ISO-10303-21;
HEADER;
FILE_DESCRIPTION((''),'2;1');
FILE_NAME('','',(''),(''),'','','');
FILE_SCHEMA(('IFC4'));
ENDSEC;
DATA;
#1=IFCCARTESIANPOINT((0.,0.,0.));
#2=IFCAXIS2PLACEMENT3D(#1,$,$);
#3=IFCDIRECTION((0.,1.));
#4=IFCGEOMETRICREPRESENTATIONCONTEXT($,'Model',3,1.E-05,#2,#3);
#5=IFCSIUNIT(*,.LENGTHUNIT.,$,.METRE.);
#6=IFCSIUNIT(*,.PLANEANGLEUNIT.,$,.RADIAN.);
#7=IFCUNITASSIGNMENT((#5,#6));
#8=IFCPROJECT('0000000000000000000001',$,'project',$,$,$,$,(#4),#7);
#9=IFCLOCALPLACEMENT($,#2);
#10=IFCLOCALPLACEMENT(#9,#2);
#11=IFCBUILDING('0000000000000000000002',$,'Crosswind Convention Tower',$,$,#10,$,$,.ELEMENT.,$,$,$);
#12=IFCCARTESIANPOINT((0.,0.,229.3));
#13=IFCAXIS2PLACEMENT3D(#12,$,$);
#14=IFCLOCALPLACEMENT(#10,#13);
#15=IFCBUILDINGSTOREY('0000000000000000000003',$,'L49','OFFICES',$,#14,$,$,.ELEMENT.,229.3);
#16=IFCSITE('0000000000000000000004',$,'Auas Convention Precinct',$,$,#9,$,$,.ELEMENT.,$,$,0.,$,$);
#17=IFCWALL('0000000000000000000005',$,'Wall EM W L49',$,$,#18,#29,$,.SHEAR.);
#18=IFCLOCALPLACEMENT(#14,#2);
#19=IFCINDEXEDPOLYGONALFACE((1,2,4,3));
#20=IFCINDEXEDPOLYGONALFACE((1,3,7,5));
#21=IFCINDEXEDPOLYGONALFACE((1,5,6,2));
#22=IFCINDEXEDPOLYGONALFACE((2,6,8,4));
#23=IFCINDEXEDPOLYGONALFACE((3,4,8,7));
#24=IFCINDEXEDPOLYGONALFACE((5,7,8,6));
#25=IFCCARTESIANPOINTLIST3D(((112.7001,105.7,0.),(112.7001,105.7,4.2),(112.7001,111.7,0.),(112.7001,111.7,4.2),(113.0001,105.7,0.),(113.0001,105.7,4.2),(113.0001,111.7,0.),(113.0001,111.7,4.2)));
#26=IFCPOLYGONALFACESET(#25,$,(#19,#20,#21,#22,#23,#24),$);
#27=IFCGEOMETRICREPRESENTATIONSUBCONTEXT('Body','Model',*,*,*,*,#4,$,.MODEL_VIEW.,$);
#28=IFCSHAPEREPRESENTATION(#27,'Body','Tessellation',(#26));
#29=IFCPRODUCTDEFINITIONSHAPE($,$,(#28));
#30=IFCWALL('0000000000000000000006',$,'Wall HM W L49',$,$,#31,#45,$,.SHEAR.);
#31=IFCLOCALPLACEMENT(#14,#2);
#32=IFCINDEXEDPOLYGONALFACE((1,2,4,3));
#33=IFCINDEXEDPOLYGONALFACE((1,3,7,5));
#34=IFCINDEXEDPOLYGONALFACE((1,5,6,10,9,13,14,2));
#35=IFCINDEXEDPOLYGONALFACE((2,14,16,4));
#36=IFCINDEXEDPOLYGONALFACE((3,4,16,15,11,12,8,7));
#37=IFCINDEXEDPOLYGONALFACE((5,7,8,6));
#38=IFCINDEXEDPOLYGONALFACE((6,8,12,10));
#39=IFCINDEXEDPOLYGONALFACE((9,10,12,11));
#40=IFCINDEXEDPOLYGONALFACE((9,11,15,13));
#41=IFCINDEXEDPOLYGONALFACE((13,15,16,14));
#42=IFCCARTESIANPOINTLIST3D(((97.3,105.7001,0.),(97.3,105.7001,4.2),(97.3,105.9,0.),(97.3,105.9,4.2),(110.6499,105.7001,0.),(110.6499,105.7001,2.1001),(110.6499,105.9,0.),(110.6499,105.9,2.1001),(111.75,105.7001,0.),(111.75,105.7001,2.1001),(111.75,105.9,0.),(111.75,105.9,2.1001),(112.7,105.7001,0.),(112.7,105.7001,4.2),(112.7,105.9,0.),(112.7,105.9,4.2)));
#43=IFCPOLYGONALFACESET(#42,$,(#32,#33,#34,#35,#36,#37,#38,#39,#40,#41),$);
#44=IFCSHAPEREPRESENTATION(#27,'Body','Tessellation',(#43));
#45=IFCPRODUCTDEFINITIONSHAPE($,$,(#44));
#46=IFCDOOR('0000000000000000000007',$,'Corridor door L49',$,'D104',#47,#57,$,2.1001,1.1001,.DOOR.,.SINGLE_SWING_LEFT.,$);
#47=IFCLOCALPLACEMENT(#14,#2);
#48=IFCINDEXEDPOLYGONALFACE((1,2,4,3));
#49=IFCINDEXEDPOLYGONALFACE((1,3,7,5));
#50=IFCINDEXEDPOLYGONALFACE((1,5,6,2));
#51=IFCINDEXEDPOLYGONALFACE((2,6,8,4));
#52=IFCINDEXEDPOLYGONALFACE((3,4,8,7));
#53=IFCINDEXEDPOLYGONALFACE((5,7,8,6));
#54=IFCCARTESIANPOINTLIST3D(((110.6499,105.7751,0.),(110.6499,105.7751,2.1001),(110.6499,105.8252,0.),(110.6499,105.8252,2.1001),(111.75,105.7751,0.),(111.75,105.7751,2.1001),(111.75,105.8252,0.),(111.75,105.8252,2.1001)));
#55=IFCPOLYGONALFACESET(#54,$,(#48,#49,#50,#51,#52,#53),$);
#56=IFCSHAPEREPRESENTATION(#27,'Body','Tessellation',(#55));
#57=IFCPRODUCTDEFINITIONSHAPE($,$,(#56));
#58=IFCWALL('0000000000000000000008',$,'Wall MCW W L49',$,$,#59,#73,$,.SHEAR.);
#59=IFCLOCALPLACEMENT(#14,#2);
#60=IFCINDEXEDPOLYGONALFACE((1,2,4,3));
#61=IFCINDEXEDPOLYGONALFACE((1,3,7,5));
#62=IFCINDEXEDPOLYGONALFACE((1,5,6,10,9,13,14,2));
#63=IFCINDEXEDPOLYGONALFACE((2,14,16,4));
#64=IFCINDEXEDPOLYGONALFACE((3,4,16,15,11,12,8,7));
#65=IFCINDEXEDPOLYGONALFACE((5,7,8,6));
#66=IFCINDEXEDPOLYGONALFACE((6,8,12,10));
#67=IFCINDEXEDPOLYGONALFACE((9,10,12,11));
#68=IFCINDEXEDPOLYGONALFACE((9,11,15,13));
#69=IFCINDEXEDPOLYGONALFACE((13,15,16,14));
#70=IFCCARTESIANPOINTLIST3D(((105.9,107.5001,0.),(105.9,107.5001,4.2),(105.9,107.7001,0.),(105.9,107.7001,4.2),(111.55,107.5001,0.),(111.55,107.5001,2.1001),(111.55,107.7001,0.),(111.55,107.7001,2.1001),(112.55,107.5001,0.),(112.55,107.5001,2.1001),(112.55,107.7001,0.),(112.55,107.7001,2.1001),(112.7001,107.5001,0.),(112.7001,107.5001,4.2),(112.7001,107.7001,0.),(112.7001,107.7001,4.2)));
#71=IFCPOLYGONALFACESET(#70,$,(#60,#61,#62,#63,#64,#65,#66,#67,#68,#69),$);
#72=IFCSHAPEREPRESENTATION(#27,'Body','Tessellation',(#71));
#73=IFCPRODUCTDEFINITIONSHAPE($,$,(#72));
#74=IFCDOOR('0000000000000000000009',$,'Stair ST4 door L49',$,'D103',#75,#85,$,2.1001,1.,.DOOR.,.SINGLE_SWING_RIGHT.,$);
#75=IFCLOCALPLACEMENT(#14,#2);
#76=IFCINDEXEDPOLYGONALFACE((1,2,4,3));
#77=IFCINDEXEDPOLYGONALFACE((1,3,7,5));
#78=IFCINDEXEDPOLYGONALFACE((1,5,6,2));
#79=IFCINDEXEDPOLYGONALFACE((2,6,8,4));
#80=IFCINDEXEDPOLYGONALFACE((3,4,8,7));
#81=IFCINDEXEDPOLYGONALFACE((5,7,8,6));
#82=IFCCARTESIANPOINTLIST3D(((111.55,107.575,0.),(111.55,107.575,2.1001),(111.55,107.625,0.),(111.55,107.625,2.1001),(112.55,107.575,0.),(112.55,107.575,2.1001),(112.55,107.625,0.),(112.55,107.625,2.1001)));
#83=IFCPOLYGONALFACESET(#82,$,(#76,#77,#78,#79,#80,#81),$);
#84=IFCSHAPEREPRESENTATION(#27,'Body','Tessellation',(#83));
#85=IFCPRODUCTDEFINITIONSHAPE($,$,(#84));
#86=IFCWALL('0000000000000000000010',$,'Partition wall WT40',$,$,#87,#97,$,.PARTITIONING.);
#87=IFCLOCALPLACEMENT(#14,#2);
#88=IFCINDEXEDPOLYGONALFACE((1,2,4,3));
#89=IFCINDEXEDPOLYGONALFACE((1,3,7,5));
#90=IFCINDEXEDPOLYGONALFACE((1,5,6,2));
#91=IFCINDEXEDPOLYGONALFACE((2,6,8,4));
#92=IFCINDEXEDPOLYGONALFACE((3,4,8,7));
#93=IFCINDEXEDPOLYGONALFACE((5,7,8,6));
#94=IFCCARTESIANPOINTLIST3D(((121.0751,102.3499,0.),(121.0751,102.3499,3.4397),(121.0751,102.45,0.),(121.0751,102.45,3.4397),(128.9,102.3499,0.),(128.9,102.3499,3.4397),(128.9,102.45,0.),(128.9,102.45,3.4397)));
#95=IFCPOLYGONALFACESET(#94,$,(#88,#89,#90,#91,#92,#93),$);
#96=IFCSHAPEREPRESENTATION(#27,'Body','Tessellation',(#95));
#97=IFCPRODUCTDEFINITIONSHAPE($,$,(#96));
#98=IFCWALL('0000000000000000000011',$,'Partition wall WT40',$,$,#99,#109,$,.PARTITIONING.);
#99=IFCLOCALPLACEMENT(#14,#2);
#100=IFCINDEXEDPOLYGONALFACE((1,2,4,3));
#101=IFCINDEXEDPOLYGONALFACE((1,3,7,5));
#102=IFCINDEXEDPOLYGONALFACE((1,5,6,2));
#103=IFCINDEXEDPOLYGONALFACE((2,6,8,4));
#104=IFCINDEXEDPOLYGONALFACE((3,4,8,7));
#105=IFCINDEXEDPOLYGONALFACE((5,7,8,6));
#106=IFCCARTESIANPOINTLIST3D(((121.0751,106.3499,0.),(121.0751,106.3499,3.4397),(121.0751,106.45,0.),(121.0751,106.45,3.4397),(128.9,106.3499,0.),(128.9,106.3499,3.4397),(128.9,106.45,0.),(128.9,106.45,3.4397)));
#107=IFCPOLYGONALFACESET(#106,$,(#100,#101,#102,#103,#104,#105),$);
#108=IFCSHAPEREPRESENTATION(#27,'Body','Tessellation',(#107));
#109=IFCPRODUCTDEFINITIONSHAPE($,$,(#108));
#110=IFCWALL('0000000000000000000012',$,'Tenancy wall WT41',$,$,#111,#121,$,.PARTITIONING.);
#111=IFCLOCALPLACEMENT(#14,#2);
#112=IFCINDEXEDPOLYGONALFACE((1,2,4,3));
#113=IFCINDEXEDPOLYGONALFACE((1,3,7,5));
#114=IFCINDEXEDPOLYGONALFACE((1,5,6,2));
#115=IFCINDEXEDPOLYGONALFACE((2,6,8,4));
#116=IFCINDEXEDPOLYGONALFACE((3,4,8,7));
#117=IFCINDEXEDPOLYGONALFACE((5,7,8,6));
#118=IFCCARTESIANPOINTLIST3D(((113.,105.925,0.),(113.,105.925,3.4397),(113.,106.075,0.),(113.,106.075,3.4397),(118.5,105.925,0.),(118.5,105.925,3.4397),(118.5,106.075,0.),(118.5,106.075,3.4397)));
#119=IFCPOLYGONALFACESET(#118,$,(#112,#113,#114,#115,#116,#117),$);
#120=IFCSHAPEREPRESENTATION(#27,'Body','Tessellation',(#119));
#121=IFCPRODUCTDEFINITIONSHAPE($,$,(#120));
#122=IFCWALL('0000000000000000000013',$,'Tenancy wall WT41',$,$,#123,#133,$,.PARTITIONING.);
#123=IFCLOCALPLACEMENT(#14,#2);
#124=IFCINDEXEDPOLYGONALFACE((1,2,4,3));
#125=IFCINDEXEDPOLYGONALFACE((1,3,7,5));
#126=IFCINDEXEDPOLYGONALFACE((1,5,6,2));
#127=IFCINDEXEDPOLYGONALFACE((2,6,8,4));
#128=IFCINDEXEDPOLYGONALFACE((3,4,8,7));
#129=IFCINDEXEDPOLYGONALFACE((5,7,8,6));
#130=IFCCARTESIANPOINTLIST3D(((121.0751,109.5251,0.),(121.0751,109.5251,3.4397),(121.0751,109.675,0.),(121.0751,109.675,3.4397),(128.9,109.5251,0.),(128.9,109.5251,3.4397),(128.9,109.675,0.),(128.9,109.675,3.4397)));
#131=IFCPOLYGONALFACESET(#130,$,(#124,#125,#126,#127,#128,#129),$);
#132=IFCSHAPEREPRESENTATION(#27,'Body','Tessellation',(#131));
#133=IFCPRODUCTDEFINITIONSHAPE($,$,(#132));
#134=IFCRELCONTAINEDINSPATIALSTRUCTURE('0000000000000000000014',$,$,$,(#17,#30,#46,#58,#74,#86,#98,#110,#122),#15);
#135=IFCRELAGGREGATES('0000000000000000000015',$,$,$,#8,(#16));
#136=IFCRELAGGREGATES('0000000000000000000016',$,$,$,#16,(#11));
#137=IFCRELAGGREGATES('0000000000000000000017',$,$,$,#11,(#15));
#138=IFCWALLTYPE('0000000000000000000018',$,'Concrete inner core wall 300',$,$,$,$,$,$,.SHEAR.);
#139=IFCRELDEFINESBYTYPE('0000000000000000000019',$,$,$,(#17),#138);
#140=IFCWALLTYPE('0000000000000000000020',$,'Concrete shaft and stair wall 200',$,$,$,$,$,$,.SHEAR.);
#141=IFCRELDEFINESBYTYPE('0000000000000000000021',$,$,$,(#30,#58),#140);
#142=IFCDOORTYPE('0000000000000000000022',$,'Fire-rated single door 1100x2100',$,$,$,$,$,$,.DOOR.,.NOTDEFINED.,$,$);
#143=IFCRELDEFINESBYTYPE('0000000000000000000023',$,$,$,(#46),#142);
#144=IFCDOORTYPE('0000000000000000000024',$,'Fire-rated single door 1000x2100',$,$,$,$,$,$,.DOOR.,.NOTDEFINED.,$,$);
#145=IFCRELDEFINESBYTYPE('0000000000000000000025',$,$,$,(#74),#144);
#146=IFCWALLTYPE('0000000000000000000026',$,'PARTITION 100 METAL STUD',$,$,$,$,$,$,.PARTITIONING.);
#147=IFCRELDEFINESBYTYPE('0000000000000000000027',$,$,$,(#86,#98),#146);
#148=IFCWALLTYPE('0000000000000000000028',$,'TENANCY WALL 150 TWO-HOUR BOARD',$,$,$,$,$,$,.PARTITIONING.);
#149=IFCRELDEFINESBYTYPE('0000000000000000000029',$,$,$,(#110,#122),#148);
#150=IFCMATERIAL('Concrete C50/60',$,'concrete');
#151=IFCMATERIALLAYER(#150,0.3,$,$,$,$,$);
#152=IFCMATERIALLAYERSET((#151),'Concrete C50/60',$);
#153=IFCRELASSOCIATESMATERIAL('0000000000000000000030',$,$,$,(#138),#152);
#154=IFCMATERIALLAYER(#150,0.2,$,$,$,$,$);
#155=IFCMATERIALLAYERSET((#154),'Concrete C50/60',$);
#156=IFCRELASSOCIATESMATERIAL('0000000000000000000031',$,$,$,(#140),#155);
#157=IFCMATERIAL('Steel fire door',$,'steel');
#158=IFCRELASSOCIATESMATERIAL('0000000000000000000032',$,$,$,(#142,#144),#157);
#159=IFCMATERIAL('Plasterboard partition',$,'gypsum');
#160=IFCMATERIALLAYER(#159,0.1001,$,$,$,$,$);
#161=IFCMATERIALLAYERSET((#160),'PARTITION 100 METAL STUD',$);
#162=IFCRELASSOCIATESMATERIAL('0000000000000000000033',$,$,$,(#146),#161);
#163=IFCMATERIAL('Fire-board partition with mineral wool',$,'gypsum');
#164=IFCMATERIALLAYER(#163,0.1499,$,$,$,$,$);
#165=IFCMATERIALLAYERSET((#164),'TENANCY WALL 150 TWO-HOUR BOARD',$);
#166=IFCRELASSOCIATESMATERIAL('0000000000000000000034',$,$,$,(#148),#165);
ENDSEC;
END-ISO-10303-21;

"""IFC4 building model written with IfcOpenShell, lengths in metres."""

from ifc_helpers import new_model, si_unit, direction, frame, frame_2d, origin, place, context, subcontext, project, spatial, rectangle, extrude, material, layer, layer_set, type_object, element, fill, save


model = new_model("IFC4")

# Units and contexts
model_context = context("Model", 3, precision=1e-05, world=origin(), true_north=direction((0.0, 1.0)))
body_context = subcontext(model_context, "Body", "Model", "MODEL_VIEW")
ifc_project = project(units=[si_unit("LENGTHUNIT", "METRE"), si_unit("PLANEANGLEUNIT", "RADIAN")], contexts=[model_context])

# Site, building, storey
site_placement = place(None, origin())
site = spatial("IfcSite", under=ifc_project, at=site_placement, Name="Auas Convention Precinct", CompositionType="ELEMENT", RefElevation=0.0)
building_placement = place(site_placement, origin())
building = spatial("IfcBuilding", under=site, at=building_placement, Name="Crosswind Convention Tower", CompositionType="ELEMENT")
storey_placement = place(building_placement, frame((0.0, 0.0, 229.3)))
storey = spatial("IfcBuildingStorey", under=building, at=storey_placement, Name="L49", Description="OFFICES", CompositionType="ELEMENT", Elevation=229.3)

# Shared definitions
ifc_material_1 = material(Name="Steel fire door", Category="steel")

# Shared definitions
ifc_material_2 = material(Name="Concrete C50/60", Category="concrete")
ifc_layer_1 = layer(ifc_material_2, 0.3)
ifc_layer_set_1 = layer_set([ifc_layer_1], Name="Concrete C50/60")
wall_type_1 = type_object("IfcWallType", Name="Concrete inner core wall 300", PredefinedType="SHEAR", material=ifc_layer_set_1)

# Wall
wall_1_placement = place(storey_placement, frame((112.8501, 111.7, 0.0), z_axis=(0.0, 0.0, 1.0), x_axis=(0.0, -1.0, 0.0)))
element("IfcWall", 1, at=wall_1_placement, inside=storey, type_object=wall_type_1, Name="Wall EM W L49", PredefinedType="SHEAR", context=body_context, shape_type="SweptSolid", body=[
    extrude(rectangle(XDim=6.0, YDim=0.3, at=frame_2d((3.0, 0.0))), origin(), (0.0, 0.0, 1.0), 4.2),
])

# Walls, openings, doors
ifc_layer_2 = layer(ifc_material_2, 0.2)
ifc_layer_set_2 = layer_set([ifc_layer_2], Name="Concrete C50/60")
wall_type_2 = type_object("IfcWallType", Name="Concrete shaft and stair wall 200", PredefinedType="SHEAR", material=ifc_layer_set_2)
wall_2_placement = place(storey_placement, frame((112.7, 105.8, 0.0), z_axis=(0.0, 0.0, 1.0), x_axis=(-1.0, 0.0, 0.0)))
wall_2 = element("IfcWall", 2, at=wall_2_placement, inside=storey, type_object=wall_type_2, Name="Wall HM W L49", PredefinedType="SHEAR", context=body_context, shape_type="SweptSolid", body=[
    extrude(rectangle(XDim=15.3999, YDim=0.2, at=frame_2d((7.7, 0.0))), origin(), (0.0, 0.0, 1.0), 4.2),
])
opening_1_placement = place(wall_2_placement, frame((0.95, 0.0, 0.0)))
opening_1 = element("IfcOpeningElement", 3, at=opening_1_placement, cuts=wall_2, PredefinedType="OPENING", context=body_context, shape_type="SweptSolid", body=[
    extrude(rectangle(XDim=1.1001, YDim=2.1001, at=frame_2d((0.55, 1.05))), frame((0.0, 0.1099, 0.0), z_axis=(0.0, -1.0, 0.0), x_axis=(1.0, 0.0, 0.0)), (0.0, 0.0, 1.0), 0.22),
])
door_type_1 = type_object("IfcDoorType", Name="Fire-rated single door 1100x2100", OperationType="NOTDEFINED", PredefinedType="DOOR", material=ifc_material_1)
door_1_placement = place(opening_1_placement, origin())
door_1 = element("IfcDoor", 4, at=door_1_placement, inside=storey, type_object=door_type_1, Name="Corridor door L49", ObjectType="D104", OperationType="SINGLE_SWING_LEFT", OverallHeight=2.1001, OverallWidth=1.1001, PredefinedType="DOOR", context=body_context, shape_type="SweptSolid", body=[
    extrude(rectangle(XDim=1.1001, YDim=2.1001, at=frame_2d((0.55, 1.05))), frame((0.0, 0.0249, 0.0), z_axis=(0.0, -1.0, 0.0), x_axis=(1.0, 0.0, 0.0)), (0.0, 0.0, 1.0), 0.05),
])
fill(opening_1, door_1)
wall_3_placement = place(storey_placement, frame((112.7, 107.6001, 0.0), z_axis=(0.0, 0.0, 1.0), x_axis=(-1.0, 0.0, 0.0)))
wall_3 = element("IfcWall", 5, at=wall_3_placement, inside=storey, type_object=wall_type_2, Name="Wall MCW W L49", PredefinedType="SHEAR", context=body_context, shape_type="SweptSolid", body=[
    extrude(rectangle(XDim=6.8, YDim=0.2, at=frame_2d((3.3999, 0.0))), origin(), (0.0, 0.0, 1.0), 4.2),
])
opening_2_placement = place(wall_3_placement, frame((0.1499, 0.0, 0.0)))
opening_2 = element("IfcOpeningElement", 6, at=opening_2_placement, cuts=wall_3, PredefinedType="OPENING", context=body_context, shape_type="SweptSolid", body=[
    extrude(rectangle(XDim=1.0, YDim=2.1001, at=frame_2d((0.5, 1.05))), frame((0.0, 0.1099, 0.0), z_axis=(0.0, -1.0, 0.0), x_axis=(1.0, 0.0, 0.0)), (0.0, 0.0, 1.0), 0.22),
])
door_type_2 = type_object("IfcDoorType", Name="Fire-rated single door 1000x2100", OperationType="NOTDEFINED", PredefinedType="DOOR", material=ifc_material_1)
door_2_placement = place(opening_2_placement, frame((1.0, 0.0, 0.0), z_axis=(0.0, 0.0, 1.0), x_axis=(-1.0, 0.0, 0.0)))
door_2 = element("IfcDoor", 7, at=door_2_placement, inside=storey, type_object=door_type_2, Name="Stair ST4 door L49", ObjectType="D103", OperationType="SINGLE_SWING_RIGHT", OverallHeight=2.1001, OverallWidth=1.0, PredefinedType="DOOR", context=body_context, shape_type="SweptSolid", body=[
    extrude(rectangle(XDim=1.0, YDim=2.1001, at=frame_2d((0.5, 1.05))), frame((0.0, 0.0249, 0.0), z_axis=(0.0, -1.0, 0.0), x_axis=(1.0, 0.0, 0.0)), (0.0, 0.0, 1.0), 0.05),
])
fill(opening_2, door_2)

# Walls
ifc_material_3 = material(Name="Plasterboard partition", Category="gypsum")
ifc_layer_3 = layer(ifc_material_3, 0.1001)
ifc_layer_set_3 = layer_set([ifc_layer_3], Name="PARTITION 100 METAL STUD")
wall_type_3 = type_object("IfcWallType", Name="PARTITION 100 METAL STUD", PredefinedType="PARTITIONING", material=ifc_layer_set_3)
for number, where, z_axis, x_axis, name in (
    (8, (121.075, 102.3999, 0.0), (0.0, 0.0, 1.0), (1.0, 0.0, 0.0), "Partition wall WT40"),
    (9, (121.075, 106.3999, 0.0), (0.0, 0.0, 1.0), (1.0, 0.0, 0.0), "Partition wall WT40"),
):
    element("IfcWall", number, at=place(storey_placement, frame(where, z_axis=z_axis, x_axis=x_axis)), inside=storey, type_object=wall_type_3, Name=name, PredefinedType="PARTITIONING", context=body_context, shape_type="SweptSolid", body=[
        extrude(rectangle(XDim=7.825, YDim=0.1001, at=frame_2d((3.9126, 0.0))), origin(), (0.0, 0.0, 1.0), 3.4397),
    ])
ifc_material_4 = material(Name="Fire-board partition with mineral wool", Category="gypsum")
ifc_layer_4 = layer(ifc_material_4, 0.1499)
ifc_layer_set_4 = layer_set([ifc_layer_4], Name="TENANCY WALL 150 TWO-HOUR BOARD")
wall_type_4 = type_object("IfcWallType", Name="TENANCY WALL 150 TWO-HOUR BOARD", PredefinedType="PARTITIONING", material=ifc_layer_set_4)
wall_4_placement = place(storey_placement, frame((113.0, 106.0, 0.0), z_axis=(0.0, 0.0, 1.0), x_axis=(1.0, 0.0, 0.0)))
element("IfcWall", 10, at=wall_4_placement, inside=storey, type_object=wall_type_4, Name="Tenancy wall WT41", PredefinedType="PARTITIONING", context=body_context, shape_type="SweptSolid", body=[
    extrude(rectangle(XDim=5.5, YDim=0.1499, at=frame_2d((2.75, 0.0))), origin(), (0.0, 0.0, 1.0), 3.4397),
])
wall_5_placement = place(storey_placement, frame((121.075, 109.6001, 0.0), z_axis=(0.0, 0.0, 1.0), x_axis=(1.0, 0.0, 0.0)))
element("IfcWall", 11, at=wall_5_placement, inside=storey, type_object=wall_type_4, Name="Tenancy wall WT41", PredefinedType="PARTITIONING", context=body_context, shape_type="SweptSolid", body=[
    extrude(rectangle(XDim=7.825, YDim=0.1499, at=frame_2d((3.9126, 0.0))), origin(), (0.0, 0.0, 1.0), 3.4397),
])

save(model, "model.ifc")
